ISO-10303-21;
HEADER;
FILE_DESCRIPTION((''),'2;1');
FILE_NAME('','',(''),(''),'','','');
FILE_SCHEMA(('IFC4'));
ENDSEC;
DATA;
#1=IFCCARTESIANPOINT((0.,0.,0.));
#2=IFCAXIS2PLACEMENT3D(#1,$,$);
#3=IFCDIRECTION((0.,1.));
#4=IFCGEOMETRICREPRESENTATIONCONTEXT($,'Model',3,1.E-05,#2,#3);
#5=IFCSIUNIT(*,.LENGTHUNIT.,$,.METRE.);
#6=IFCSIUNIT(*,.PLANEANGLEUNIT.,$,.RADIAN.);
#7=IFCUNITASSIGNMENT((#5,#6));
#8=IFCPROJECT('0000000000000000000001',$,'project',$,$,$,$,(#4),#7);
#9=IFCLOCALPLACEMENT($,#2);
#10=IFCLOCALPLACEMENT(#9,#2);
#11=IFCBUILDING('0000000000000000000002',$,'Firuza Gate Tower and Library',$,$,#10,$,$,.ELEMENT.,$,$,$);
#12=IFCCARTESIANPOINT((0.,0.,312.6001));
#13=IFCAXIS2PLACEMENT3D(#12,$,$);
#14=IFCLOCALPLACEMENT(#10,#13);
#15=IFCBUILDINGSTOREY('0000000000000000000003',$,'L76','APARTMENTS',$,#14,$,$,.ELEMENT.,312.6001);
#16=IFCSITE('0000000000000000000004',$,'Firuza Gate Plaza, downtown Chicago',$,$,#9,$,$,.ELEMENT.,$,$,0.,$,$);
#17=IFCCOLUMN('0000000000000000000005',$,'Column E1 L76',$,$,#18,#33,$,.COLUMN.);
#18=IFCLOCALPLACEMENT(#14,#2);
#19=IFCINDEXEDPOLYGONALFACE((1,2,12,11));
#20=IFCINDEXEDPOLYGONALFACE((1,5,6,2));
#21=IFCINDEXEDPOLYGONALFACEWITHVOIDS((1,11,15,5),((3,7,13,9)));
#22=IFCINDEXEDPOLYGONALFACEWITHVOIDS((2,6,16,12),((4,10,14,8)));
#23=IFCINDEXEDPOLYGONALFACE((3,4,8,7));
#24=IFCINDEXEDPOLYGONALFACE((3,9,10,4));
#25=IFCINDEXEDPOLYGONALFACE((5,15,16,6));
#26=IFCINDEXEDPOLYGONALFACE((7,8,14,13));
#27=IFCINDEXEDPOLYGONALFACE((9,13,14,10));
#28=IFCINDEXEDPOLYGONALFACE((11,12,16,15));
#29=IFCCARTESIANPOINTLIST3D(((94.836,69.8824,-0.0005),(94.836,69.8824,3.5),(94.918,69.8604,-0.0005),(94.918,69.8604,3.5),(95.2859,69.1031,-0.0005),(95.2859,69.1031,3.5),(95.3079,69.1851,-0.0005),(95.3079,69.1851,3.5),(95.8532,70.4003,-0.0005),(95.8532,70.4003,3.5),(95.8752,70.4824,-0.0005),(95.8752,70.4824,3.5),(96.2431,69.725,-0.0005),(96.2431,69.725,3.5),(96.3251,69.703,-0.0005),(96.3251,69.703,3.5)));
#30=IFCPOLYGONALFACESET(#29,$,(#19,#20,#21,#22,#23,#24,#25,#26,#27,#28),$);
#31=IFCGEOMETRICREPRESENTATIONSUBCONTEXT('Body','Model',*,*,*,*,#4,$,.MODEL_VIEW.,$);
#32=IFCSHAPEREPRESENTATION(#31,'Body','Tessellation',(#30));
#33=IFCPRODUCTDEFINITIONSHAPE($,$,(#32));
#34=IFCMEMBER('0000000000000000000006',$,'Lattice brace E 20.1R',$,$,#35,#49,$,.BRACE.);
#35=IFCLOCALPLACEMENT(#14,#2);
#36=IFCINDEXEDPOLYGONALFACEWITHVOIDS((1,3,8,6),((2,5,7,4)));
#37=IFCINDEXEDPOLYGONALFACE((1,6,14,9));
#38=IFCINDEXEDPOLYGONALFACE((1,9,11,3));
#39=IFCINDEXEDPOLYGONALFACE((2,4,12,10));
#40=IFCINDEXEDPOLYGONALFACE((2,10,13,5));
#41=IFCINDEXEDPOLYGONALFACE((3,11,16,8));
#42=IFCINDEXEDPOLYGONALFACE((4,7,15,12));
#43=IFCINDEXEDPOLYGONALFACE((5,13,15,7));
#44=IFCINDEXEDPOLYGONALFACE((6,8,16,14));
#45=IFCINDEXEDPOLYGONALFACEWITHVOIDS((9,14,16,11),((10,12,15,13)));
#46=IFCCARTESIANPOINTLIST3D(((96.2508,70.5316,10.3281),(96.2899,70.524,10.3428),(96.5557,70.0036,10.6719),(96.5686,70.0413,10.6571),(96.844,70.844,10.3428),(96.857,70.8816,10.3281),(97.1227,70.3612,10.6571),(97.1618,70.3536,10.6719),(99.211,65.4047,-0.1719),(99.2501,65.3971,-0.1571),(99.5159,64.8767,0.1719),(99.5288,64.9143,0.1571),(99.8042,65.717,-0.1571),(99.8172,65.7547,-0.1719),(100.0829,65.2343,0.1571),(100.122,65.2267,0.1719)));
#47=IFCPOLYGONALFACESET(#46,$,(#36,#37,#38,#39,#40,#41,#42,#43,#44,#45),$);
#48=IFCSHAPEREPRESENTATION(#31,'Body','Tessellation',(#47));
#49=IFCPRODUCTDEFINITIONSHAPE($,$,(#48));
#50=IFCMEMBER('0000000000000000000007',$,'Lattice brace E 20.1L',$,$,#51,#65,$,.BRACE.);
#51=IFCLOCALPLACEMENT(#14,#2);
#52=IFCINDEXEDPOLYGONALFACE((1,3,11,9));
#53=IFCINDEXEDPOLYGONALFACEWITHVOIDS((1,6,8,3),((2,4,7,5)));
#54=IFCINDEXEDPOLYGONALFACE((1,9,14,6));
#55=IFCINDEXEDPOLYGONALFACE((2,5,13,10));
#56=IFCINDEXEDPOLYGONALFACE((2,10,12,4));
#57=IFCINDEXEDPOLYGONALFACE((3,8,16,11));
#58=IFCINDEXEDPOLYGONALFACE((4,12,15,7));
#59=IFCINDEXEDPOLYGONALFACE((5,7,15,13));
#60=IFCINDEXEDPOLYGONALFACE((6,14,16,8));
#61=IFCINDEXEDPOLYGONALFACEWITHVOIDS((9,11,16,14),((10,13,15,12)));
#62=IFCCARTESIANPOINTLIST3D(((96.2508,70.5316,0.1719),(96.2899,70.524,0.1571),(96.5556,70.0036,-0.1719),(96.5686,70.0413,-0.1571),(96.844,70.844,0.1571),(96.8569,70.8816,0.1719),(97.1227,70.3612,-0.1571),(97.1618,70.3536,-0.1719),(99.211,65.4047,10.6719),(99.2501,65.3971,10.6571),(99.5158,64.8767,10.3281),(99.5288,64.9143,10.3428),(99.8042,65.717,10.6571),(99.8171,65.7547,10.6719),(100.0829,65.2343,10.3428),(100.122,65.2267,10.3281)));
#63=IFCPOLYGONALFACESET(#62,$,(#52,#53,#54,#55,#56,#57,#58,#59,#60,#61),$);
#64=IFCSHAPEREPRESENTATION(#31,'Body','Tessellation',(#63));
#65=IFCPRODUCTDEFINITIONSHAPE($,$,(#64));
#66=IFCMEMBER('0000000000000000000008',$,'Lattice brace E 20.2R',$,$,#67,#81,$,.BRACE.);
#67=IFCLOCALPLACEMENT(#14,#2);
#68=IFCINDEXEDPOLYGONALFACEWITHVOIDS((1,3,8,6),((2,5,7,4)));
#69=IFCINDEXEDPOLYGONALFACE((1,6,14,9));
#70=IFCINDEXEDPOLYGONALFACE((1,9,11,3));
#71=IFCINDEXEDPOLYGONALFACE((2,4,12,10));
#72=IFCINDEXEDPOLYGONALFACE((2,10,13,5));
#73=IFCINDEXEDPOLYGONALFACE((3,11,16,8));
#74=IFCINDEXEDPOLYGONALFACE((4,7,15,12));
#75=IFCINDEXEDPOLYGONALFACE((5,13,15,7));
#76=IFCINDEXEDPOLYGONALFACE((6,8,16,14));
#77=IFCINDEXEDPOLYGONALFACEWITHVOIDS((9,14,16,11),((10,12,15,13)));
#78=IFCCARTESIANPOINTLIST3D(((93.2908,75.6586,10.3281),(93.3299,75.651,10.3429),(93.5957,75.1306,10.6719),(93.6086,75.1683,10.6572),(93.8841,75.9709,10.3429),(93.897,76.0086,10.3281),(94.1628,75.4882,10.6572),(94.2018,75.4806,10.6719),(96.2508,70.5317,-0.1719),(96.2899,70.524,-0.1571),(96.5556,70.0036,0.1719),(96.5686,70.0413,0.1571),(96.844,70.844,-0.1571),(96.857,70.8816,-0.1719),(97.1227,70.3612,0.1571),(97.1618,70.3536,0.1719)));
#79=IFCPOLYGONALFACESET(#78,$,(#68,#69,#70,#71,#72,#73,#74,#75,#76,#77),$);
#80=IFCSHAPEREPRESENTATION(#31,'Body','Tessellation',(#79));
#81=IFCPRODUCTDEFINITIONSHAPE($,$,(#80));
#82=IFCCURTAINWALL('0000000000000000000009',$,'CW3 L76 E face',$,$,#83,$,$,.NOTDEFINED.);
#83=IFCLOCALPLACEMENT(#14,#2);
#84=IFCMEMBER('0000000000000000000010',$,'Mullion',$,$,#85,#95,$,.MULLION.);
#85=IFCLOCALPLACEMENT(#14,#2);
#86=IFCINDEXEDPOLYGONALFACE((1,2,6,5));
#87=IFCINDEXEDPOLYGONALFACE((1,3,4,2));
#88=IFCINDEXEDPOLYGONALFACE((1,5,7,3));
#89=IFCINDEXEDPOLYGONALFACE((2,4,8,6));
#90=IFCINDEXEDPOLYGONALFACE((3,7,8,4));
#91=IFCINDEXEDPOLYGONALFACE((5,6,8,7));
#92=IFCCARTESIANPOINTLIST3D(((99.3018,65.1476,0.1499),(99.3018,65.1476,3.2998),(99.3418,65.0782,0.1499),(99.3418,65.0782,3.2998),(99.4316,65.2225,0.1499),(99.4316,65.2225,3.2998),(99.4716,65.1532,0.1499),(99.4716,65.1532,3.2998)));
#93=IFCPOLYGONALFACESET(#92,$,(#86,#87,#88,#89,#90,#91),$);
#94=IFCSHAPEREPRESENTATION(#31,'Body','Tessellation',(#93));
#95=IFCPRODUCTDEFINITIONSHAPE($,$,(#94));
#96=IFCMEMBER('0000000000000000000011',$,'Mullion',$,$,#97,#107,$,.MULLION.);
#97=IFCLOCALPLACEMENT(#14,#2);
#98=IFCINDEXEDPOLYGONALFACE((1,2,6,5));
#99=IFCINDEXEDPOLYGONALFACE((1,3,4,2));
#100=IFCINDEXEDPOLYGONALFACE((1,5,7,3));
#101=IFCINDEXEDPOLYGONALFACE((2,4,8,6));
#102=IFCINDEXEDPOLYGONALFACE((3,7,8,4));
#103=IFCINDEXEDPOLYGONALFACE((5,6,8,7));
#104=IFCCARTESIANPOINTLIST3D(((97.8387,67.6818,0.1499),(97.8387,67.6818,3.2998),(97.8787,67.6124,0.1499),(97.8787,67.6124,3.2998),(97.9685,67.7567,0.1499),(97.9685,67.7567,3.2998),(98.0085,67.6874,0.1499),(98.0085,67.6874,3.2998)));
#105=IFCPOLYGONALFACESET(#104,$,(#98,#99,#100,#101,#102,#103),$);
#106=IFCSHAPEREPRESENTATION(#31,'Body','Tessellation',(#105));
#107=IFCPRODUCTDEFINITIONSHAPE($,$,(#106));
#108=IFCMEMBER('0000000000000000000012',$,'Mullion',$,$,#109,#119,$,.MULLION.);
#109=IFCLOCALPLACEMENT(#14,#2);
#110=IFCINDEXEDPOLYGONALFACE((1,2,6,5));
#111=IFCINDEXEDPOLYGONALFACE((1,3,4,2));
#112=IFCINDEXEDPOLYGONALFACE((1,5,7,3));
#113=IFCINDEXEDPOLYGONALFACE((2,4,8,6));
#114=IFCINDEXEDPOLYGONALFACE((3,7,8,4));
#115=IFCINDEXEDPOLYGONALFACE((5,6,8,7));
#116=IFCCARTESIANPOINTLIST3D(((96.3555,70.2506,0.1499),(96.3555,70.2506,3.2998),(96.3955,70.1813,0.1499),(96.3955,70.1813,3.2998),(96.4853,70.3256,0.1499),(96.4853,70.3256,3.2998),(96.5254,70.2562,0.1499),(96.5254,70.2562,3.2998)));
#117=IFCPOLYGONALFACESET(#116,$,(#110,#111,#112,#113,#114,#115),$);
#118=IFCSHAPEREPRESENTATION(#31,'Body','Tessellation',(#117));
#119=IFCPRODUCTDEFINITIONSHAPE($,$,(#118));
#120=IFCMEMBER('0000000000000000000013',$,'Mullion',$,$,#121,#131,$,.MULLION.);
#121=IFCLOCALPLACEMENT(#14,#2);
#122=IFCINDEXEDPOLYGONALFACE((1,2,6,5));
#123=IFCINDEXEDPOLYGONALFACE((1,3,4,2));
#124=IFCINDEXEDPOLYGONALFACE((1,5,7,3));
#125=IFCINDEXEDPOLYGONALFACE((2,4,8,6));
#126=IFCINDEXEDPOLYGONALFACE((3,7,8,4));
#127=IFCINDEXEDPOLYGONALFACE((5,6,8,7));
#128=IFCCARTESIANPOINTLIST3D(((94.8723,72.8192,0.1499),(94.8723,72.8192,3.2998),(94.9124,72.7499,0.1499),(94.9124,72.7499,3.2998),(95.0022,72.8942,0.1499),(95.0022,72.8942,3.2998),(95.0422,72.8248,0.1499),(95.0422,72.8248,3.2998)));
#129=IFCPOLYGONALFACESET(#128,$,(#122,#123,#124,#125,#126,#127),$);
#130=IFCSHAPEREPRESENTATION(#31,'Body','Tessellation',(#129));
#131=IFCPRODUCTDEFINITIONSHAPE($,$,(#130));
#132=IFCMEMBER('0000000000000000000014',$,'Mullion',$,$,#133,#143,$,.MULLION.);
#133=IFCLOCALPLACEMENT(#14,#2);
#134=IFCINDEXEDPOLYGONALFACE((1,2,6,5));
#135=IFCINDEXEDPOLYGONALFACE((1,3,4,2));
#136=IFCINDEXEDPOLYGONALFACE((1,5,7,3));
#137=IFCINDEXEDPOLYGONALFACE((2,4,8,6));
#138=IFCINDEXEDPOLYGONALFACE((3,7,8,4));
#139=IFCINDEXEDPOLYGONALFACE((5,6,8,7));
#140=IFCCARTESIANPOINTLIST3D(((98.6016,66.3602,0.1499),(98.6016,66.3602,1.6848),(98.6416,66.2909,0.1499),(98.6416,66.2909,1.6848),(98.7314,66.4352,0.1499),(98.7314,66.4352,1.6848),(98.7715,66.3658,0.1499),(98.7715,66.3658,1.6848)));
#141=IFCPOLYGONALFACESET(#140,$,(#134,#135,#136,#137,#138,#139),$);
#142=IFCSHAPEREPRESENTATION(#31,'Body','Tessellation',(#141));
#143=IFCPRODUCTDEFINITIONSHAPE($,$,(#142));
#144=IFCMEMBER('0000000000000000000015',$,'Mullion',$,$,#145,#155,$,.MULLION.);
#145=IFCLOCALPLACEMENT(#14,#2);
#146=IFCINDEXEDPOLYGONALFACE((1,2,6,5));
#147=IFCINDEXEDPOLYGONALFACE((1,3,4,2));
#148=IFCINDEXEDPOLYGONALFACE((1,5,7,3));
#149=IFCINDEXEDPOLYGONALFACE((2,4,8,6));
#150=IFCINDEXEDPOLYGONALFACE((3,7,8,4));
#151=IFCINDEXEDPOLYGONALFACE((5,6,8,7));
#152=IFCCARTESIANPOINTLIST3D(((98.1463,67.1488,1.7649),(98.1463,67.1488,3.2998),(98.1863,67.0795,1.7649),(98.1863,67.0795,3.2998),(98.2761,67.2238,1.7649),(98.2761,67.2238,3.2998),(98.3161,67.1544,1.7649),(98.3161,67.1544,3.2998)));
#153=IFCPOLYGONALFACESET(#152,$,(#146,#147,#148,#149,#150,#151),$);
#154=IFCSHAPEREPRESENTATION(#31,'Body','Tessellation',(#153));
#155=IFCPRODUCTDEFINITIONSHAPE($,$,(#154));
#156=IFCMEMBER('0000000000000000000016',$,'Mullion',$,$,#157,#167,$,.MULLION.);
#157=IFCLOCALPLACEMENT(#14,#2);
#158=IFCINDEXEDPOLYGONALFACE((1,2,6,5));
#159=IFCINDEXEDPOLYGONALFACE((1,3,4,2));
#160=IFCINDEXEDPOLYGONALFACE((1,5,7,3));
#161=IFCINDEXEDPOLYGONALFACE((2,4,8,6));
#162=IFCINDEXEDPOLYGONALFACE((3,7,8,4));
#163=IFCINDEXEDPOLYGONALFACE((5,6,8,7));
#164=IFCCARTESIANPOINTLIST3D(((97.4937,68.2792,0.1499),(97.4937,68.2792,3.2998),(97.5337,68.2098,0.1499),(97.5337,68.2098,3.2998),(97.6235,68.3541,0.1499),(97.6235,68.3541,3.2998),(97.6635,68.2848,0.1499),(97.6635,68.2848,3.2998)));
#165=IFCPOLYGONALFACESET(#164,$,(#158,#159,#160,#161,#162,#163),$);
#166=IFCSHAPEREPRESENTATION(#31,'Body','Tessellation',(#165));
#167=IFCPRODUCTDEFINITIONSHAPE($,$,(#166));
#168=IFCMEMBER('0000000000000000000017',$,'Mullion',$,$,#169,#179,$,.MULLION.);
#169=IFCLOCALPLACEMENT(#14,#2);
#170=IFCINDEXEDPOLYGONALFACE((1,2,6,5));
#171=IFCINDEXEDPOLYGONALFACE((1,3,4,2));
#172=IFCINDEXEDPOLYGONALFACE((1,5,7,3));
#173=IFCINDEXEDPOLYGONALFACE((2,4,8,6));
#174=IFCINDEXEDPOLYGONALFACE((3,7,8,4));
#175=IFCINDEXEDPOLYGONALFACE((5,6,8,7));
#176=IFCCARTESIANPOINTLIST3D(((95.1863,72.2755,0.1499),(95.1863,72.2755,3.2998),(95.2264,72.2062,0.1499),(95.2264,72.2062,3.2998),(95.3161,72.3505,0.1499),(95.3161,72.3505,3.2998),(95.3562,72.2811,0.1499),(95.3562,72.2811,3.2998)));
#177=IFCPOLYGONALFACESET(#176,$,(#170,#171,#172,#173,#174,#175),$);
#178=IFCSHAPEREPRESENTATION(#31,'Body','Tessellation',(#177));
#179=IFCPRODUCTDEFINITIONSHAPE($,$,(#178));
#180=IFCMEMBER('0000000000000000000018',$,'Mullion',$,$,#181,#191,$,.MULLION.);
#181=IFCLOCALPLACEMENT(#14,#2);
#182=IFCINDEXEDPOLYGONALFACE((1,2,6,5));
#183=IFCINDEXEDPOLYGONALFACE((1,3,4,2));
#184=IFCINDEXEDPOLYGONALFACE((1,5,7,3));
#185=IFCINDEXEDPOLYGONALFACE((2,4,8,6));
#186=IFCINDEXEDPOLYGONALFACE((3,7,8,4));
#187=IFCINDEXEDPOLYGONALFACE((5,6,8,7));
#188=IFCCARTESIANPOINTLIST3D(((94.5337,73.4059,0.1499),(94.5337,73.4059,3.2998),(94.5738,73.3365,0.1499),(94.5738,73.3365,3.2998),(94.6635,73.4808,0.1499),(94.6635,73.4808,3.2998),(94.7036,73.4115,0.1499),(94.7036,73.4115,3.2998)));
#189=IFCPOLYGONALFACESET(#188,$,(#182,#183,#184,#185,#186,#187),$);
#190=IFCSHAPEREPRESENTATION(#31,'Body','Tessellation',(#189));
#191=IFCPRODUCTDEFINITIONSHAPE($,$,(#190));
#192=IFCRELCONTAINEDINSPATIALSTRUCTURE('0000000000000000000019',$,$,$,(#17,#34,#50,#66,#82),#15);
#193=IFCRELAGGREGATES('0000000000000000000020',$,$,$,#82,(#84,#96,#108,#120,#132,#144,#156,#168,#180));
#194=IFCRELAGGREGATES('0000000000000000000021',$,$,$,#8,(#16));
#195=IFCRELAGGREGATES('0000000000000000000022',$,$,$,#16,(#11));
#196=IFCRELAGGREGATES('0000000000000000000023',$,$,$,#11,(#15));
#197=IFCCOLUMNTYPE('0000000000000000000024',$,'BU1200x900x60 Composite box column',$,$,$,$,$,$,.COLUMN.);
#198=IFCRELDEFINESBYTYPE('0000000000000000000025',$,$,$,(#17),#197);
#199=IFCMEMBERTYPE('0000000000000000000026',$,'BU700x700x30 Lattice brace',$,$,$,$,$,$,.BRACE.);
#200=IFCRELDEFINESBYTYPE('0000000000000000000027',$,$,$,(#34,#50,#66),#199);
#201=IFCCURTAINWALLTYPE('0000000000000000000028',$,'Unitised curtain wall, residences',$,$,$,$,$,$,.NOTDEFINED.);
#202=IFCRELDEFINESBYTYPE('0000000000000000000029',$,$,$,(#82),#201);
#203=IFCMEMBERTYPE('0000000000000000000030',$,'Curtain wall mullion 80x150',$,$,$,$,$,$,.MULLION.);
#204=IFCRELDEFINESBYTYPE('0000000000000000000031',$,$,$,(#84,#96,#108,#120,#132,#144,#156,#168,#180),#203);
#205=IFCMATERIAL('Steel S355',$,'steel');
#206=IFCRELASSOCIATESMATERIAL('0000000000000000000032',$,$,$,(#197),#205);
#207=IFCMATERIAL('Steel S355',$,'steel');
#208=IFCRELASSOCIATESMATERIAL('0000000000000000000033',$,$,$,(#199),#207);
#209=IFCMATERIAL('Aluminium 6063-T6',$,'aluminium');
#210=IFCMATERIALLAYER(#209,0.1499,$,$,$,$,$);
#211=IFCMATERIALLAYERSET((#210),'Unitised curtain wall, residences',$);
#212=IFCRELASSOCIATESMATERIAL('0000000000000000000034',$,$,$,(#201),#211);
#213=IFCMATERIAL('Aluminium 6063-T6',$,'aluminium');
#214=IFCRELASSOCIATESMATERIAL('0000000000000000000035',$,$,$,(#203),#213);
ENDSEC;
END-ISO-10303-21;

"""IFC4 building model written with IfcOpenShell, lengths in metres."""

from ifc_helpers import new_model, si_unit, direction, frame, origin, origin_2d, place, context, subcontext, project, spatial, rectangle, hollow_rectangle, extrude, material, layer, layer_set, material_profile, profile_set, type_object, element, aggregate, save


model = new_model("IFC4")

# Units and contexts
model_context = context("Model", 3, precision=1e-05, world=origin(), true_north=direction((0.0, 1.0)))
body_context = subcontext(model_context, "Body", "Model", "MODEL_VIEW")
ifc_project = project(units=[si_unit("LENGTHUNIT", "METRE"), si_unit("PLANEANGLEUNIT", "RADIAN")], contexts=[model_context])

# Site, building, storey
site_placement = place(None, origin())
site = spatial("IfcSite", under=ifc_project, at=site_placement, Name="Firuza Gate Plaza, downtown Chicago", CompositionType="ELEMENT", RefElevation=0.0)
building_placement = place(site_placement, origin())
building = spatial("IfcBuilding", under=site, at=building_placement, Name="Firuza Gate Tower and Library", CompositionType="ELEMENT")
storey_placement = place(building_placement, frame((0.0, 0.0, 312.6001)))
storey = spatial("IfcBuildingStorey", under=building, at=storey_placement, Name="L76", Description="APARTMENTS", CompositionType="ELEMENT", Elevation=312.6001)

# Column
ifc_material_1 = material(Name="Steel S355", Category="steel")
ifc_material_profile_1 = material_profile(ifc_material_1, hollow_rectangle(XDim=0.8999, YDim=1.2, WallThickness=0.0601, at=origin_2d()))
ifc_profile_set_1 = profile_set([ifc_material_profile_1], Name="Steel S355")
column_type = type_object("IfcColumnType", Name="BU1200x900x60 Composite box column", PredefinedType="COLUMN", material=ifc_profile_set_1)
column_placement = place(storey_placement, frame((95.5806, 69.7927, -0.0005), z_axis=(0.0, 0.0, 1.0), x_axis=(-0.5, 0.866025, 0.0)))
element("IfcColumn", 1, at=column_placement, inside=storey, type_object=column_type, Name="Column E1 L76", PredefinedType="COLUMN", context=body_context, shape_type="SweptSolid", body=[
    extrude(hollow_rectangle(XDim=0.8999, YDim=1.2, WallThickness=0.0601, at=origin_2d()), origin(), (0.0, 0.0, 1.0), 3.5005),
])

# Members
ifc_material_2 = material(Name="Steel S355", Category="steel")
ifc_material_profile_2 = material_profile(ifc_material_2, hollow_rectangle(XDim=0.7, YDim=0.7, WallThickness=0.03, at=origin_2d()))
ifc_profile_set_2 = profile_set([ifc_material_profile_2], Name="Steel S355")
member_type_1 = type_object("IfcMemberType", Name="BU700x700x30 Lattice brace", PredefinedType="BRACE", material=ifc_profile_set_2)
for number, where, z_axis, x_axis, name in (
    (2, (99.6665, 65.3157, 0.0), (-0.245579, 0.425333, 0.871081), (-0.866014, -0.50002, 0.0), "Lattice brace E 20.1R"),
    (3, (96.7063, 70.4426, 0.0), (0.245579, -0.425333, 0.871081), (0.866014, 0.50002, 0.0), "Lattice brace E 20.1L"),
    (4, (96.7063, 70.4426, 0.0), (-0.24556, 0.425335, 0.871086), (-0.866032, -0.499989, 0.0), "Lattice brace E 20.2R"),
):
    element("IfcMember", number, at=place(storey_placement, frame(where, z_axis=z_axis, x_axis=x_axis)), inside=storey, type_object=member_type_1, Name=name, PredefinedType="BRACE", context=body_context, shape_type="SweptSolid", body=[
        extrude(hollow_rectangle(XDim=0.7, YDim=0.7, WallThickness=0.03, at=origin_2d()), origin(), (0.0, 0.0, 1.0), 12.054),
    ])

# Curtain wall, members
ifc_material_3 = material(Name="Aluminium 6063-T6", Category="aluminium")
ifc_layer_1 = layer(ifc_material_3, 0.1499)
ifc_layer_set_1 = layer_set([ifc_layer_1], Name="Unitised curtain wall, residences")
curtain_wall_type = type_object("IfcCurtainWallType", Name="Unitised curtain wall, residences", PredefinedType="NOTDEFINED", material=ifc_layer_set_1)
curtain_wall_placement = place(storey_placement, origin())
curtain_wall = element("IfcCurtainWall", 5, at=curtain_wall_placement, inside=storey, type_object=curtain_wall_type, Name="CW3 L76 E face", PredefinedType="NOTDEFINED")
ifc_material_4 = material(Name="Aluminium 6063-T6", Category="aluminium")
ifc_material_profile_3 = material_profile(ifc_material_4, rectangle(XDim=0.1499, YDim=0.0801, at=origin_2d()))
ifc_profile_set_3 = profile_set([ifc_material_profile_3], Name="Aluminium 6063-T6")
member_type_2 = type_object("IfcMemberType", Name="Curtain wall mullion 80x150", PredefinedType="MULLION", material=ifc_profile_set_3)
member_1_placement = place(storey_placement, frame((99.3867, 65.1504, 0.1499), z_axis=(0.0, 0.0, 1.0), x_axis=(-0.866025, -0.5, 0.0)))
member_1 = element("IfcMember", 6, at=member_1_placement, type_object=member_type_2, Name="Mullion", PredefinedType="MULLION", context=body_context, shape_type="SweptSolid", body=[
    extrude(rectangle(XDim=0.1499, YDim=0.0801, at=origin_2d()), origin(), (0.0, 0.0, 1.0), 3.1499),
])
member_2_placement = place(storey_placement, frame((97.9236, 67.6846, 0.1499), z_axis=(0.0, 0.0, 1.0), x_axis=(-0.866025, -0.5, 0.0)))
member_2 = element("IfcMember", 7, at=member_2_placement, type_object=member_type_2, Name="Mullion", PredefinedType="MULLION", context=body_context, shape_type="SweptSolid", body=[
    extrude(rectangle(XDim=0.1499, YDim=0.0801, at=origin_2d()), origin(), (0.0, 0.0, 1.0), 3.1499),
])
member_3_placement = place(storey_placement, frame((96.4404, 70.2534, 0.1499), z_axis=(0.0, 0.0, 1.0), x_axis=(-0.866025, -0.5, 0.0)))
member_3 = element("IfcMember", 8, at=member_3_placement, type_object=member_type_2, Name="Mullion", PredefinedType="MULLION", context=body_context, shape_type="SweptSolid", body=[
    extrude(rectangle(XDim=0.1499, YDim=0.0801, at=origin_2d()), origin(), (0.0, 0.0, 1.0), 3.1499),
])
member_4_placement = place(storey_placement, frame((94.9573, 72.822, 0.1499), z_axis=(0.0, 0.0, 1.0), x_axis=(-0.866025, -0.5, 0.0)))
member_4 = element("IfcMember", 9, at=member_4_placement, type_object=member_type_2, Name="Mullion", PredefinedType="MULLION", context=body_context, shape_type="SweptSolid", body=[
    extrude(rectangle(XDim=0.1499, YDim=0.0801, at=origin_2d()), origin(), (0.0, 0.0, 1.0), 3.1499),
])
member_5_placement = place(storey_placement, frame((98.6865, 66.363, 0.1499), z_axis=(0.0, 0.0, 1.0), x_axis=(-0.866025, -0.5, 0.0)))
member_5 = element("IfcMember", 10, at=member_5_placement, type_object=member_type_2, Name="Mullion", PredefinedType="MULLION", context=body_context, shape_type="SweptSolid", body=[
    extrude(rectangle(XDim=0.1499, YDim=0.0801, at=origin_2d()), origin(), (0.0, 0.0, 1.0), 1.5349),
])
member_6_placement = place(storey_placement, frame((98.2312, 67.1516, 1.7649), z_axis=(0.0, 0.0, 1.0), x_axis=(-0.866025, -0.5, 0.0)))
member_6 = element("IfcMember", 11, at=member_6_placement, type_object=member_type_2, Name="Mullion", PredefinedType="MULLION", context=body_context, shape_type="SweptSolid", body=[
    extrude(rectangle(XDim=0.1499, YDim=0.0801, at=origin_2d()), origin(), (0.0, 0.0, 1.0), 1.5349),
])
member_7_placement = place(storey_placement, frame((97.5786, 68.282, 0.1499), z_axis=(0.0, 0.0, 1.0), x_axis=(-0.866025, -0.5, 0.0)))
member_7 = element("IfcMember", 12, at=member_7_placement, type_object=member_type_2, Name="Mullion", PredefinedType="MULLION", context=body_context, shape_type="SweptSolid", body=[
    extrude(rectangle(XDim=0.1499, YDim=0.0801, at=origin_2d()), origin(), (0.0, 0.0, 1.0), 3.1499),
])
member_8_placement = place(storey_placement, frame((95.2712, 72.2783, 0.1499), z_axis=(0.0, 0.0, 1.0), x_axis=(-0.866025, -0.5, 0.0)))
member_8 = element("IfcMember", 13, at=member_8_placement, type_object=member_type_2, Name="Mullion", PredefinedType="MULLION", context=body_context, shape_type="SweptSolid", body=[
    extrude(rectangle(XDim=0.1499, YDim=0.0801, at=origin_2d()), origin(), (0.0, 0.0, 1.0), 3.1499),
])
member_9_placement = place(storey_placement, frame((94.6187, 73.4087, 0.1499), z_axis=(0.0, 0.0, 1.0), x_axis=(-0.866025, -0.5, 0.0)))
member_9 = element("IfcMember", 14, at=member_9_placement, type_object=member_type_2, Name="Mullion", PredefinedType="MULLION", context=body_context, shape_type="SweptSolid", body=[
    extrude(rectangle(XDim=0.1499, YDim=0.0801, at=origin_2d()), origin(), (0.0, 0.0, 1.0), 3.1499),
])

aggregate(curtain_wall, [member_1, member_2, member_3, member_4, member_5, member_6, member_7, member_8, member_9])

save(model, "model.ifc")
